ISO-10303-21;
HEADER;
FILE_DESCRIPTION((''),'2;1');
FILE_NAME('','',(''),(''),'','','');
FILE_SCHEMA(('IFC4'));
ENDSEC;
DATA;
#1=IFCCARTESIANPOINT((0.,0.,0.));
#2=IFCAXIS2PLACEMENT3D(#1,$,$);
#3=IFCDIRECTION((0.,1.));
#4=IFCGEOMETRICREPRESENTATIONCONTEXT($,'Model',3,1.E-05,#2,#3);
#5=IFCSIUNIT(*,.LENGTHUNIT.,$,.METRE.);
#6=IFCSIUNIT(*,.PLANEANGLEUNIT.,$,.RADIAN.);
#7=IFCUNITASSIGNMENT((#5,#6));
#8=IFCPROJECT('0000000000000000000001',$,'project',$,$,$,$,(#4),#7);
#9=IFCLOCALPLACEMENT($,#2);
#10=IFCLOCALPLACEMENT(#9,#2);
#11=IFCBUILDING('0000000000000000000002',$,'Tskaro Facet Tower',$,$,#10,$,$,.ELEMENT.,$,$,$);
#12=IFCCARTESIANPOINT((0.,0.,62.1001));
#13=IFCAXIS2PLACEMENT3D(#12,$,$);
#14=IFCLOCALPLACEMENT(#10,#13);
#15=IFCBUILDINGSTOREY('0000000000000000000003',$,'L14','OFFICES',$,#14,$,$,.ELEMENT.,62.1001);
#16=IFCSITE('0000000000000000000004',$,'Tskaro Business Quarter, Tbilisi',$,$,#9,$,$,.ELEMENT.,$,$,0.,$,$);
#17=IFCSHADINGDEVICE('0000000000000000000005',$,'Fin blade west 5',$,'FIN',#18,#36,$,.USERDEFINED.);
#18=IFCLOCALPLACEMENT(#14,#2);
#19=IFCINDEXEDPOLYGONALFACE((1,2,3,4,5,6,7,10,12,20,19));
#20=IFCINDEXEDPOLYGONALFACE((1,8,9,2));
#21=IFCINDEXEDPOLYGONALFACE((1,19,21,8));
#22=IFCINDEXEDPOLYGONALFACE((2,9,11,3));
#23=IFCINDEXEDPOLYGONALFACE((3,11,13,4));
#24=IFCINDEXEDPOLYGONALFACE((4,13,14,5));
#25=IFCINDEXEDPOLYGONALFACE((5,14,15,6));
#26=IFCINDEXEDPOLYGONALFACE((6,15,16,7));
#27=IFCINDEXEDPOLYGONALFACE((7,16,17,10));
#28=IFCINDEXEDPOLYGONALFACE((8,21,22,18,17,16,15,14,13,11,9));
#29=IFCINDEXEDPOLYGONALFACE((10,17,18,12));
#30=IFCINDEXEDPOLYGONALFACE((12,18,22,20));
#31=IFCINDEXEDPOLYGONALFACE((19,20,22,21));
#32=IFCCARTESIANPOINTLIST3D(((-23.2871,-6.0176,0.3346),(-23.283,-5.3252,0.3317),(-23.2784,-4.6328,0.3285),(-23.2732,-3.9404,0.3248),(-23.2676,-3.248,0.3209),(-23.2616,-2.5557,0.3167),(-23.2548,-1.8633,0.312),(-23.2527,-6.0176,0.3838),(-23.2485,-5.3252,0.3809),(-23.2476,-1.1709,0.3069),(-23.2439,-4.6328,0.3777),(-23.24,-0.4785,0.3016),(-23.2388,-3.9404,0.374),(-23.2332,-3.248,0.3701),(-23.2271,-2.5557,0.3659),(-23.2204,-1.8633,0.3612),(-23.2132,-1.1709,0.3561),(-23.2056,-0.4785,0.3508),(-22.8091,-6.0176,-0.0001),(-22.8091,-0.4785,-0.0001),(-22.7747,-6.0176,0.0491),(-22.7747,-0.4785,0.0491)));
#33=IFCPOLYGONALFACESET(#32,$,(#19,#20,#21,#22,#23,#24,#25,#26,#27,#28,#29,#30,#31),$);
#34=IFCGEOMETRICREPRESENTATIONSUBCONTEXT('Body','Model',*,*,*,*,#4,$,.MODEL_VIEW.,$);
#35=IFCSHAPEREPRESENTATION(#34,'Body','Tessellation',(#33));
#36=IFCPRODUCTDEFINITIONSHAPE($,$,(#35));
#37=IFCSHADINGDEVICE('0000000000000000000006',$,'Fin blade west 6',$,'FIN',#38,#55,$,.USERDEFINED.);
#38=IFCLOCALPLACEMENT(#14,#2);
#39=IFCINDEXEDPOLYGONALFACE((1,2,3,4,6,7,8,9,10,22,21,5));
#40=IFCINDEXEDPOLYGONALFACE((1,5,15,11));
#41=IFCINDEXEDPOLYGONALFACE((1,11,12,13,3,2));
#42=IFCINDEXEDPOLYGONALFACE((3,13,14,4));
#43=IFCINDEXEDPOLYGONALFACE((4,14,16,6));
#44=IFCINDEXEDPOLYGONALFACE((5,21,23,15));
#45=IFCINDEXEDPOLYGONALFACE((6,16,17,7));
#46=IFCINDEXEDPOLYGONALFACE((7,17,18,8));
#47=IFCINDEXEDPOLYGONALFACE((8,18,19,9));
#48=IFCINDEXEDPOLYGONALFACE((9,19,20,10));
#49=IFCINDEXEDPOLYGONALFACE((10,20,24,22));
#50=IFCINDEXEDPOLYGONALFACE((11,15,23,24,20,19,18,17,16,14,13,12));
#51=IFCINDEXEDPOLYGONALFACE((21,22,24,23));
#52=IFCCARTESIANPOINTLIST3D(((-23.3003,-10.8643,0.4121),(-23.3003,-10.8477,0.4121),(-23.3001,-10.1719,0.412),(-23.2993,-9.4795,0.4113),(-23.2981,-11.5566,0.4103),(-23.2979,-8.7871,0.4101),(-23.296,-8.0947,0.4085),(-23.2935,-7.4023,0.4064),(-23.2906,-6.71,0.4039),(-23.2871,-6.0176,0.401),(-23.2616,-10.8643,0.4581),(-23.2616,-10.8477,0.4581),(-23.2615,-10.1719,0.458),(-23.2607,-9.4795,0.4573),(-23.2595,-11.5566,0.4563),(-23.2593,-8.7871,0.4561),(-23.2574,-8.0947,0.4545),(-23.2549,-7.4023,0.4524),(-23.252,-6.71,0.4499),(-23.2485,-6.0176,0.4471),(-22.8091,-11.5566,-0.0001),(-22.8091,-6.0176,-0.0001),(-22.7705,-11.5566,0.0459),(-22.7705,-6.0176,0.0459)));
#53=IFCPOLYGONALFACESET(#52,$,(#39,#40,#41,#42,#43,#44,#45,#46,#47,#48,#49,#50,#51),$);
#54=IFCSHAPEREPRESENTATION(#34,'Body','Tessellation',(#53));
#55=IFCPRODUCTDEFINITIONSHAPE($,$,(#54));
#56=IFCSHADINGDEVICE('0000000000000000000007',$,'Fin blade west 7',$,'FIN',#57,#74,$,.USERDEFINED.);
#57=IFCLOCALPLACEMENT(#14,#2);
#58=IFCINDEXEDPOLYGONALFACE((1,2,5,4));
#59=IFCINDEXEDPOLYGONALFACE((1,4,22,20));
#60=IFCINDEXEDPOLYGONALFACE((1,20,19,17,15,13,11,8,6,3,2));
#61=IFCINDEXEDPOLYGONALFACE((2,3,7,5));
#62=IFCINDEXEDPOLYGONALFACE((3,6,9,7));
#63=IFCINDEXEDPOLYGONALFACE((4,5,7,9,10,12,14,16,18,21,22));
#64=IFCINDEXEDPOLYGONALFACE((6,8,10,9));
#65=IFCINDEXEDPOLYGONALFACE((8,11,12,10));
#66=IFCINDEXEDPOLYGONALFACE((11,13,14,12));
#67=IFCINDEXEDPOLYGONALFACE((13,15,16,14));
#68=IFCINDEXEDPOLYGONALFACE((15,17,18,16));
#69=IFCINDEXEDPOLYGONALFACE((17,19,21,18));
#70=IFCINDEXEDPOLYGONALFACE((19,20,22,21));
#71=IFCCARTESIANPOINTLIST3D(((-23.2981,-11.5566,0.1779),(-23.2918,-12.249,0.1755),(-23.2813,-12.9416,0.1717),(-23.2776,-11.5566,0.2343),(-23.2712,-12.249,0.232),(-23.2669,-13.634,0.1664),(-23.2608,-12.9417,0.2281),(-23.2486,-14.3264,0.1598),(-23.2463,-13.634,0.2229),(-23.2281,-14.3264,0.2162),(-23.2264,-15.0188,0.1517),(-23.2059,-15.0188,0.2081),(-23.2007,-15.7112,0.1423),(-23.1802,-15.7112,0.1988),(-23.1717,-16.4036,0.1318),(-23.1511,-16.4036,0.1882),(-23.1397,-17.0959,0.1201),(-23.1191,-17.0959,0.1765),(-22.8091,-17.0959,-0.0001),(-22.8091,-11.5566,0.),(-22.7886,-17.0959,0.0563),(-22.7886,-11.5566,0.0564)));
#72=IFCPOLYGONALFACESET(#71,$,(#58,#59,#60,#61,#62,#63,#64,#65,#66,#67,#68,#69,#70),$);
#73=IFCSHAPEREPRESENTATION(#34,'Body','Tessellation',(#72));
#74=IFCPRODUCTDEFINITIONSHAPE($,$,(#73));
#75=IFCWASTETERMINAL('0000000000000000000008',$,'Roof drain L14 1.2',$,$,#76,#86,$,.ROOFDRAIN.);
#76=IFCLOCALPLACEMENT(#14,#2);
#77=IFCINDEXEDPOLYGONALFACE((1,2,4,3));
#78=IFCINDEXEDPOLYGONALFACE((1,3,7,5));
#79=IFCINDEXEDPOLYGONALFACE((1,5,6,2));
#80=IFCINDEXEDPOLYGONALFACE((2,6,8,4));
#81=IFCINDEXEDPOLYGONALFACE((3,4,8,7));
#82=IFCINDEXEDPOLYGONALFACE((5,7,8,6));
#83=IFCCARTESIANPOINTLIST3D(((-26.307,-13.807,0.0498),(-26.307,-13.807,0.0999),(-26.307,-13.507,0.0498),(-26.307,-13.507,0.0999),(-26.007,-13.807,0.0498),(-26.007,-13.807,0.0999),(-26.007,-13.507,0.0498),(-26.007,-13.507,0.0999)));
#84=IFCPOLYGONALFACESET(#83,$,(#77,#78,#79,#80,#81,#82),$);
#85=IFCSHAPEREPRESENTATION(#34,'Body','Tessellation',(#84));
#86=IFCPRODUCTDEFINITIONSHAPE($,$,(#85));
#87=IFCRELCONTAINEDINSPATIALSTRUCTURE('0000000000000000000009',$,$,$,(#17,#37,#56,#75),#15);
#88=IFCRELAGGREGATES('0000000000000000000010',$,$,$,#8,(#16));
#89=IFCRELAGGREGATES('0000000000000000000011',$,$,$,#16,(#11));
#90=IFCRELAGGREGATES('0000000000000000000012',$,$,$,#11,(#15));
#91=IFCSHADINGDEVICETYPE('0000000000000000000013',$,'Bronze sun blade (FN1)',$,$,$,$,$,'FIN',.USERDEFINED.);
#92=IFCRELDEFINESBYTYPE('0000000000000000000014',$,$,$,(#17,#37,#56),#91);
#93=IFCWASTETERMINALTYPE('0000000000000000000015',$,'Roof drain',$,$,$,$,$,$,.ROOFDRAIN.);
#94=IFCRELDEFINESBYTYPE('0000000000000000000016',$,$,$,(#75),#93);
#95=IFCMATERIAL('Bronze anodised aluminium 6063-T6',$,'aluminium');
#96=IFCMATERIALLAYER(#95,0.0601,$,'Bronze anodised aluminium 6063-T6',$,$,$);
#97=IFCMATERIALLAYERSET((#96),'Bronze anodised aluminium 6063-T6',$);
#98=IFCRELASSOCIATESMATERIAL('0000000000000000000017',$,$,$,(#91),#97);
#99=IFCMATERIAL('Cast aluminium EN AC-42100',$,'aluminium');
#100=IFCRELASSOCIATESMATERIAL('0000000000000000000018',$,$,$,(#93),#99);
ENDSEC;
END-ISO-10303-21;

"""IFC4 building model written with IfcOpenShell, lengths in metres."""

from ifc_helpers import new_model, si_unit, direction, frame, origin, origin_2d, place, context, subcontext, project, spatial, polyline, rectangle, outline, extrude, material, layer, layer_set, type_object, element, save


model = new_model("IFC4")

# Units and contexts
model_context = context("Model", 3, precision=1e-05, world=origin(), true_north=direction((0.0, 1.0)))
body_context = subcontext(model_context, "Body", "Model", "MODEL_VIEW")
ifc_project = project(units=[si_unit("LENGTHUNIT", "METRE"), si_unit("PLANEANGLEUNIT", "RADIAN")], contexts=[model_context])

# Site, building, storey
site_placement = place(None, origin())
site = spatial("IfcSite", under=ifc_project, at=site_placement, Name="Tskaro Business Quarter, Tbilisi", CompositionType="ELEMENT", RefElevation=0.0)
building_placement = place(site_placement, origin())
building = spatial("IfcBuilding", under=site, at=building_placement, Name="Tskaro Facet Tower", CompositionType="ELEMENT")
storey_placement = place(building_placement, frame((0.0, 0.0, 62.1001)))
storey = spatial("IfcBuildingStorey", under=building, at=storey_placement, Name="L14", Description="OFFICES", CompositionType="ELEMENT", Elevation=62.1001)

# Shared definitions
ifc_material_1 = material(Name="Bronze anodised aluminium 6063-T6", Category="aluminium")

# Shading devices
ifc_layer_1 = layer(ifc_material_1, 0.0601, Name="Bronze anodised aluminium 6063-T6")
ifc_layer_set_1 = layer_set([ifc_layer_1], Name="Bronze anodised aluminium 6063-T6")
shading_device_type = type_object("IfcShadingDeviceType", Name="Bronze sun blade (FN1)", ElementType="FIN", PredefinedType="USERDEFINED", material=ifc_layer_set_1)
shading_device_1_placement = place(storey_placement, frame((-22.7747, -0.4785, 0.0491), z_axis=(0.573593, -0.000003, 0.819141), x_axis=(-0.000002, -1.0, -0.000002)))
element("IfcShadingDevice", 1, at=shading_device_1_placement, inside=storey, type_object=shading_device_type, Name="Fin blade west 5", ObjectType="FIN", PredefinedType="USERDEFINED", context=body_context, shape_type="SweptSolid", body=[
    extrude(outline(polyline([(0.0, 0.0), (5.5391, 0.0), (5.5391, -0.5836), (4.8467, -0.5785), (4.1543, -0.5729), (3.4619, -0.5666), (2.7695, -0.5597), (2.0771, -0.5523), (1.3848, -0.5441), (0.6924, -0.5353), (0.0, -0.5261), (0.0, 0.0)])), origin(), (0.0, 0.0, -1.0), 0.0601),
])
shading_device_2_placement = place(storey_placement, frame((-22.7705, -6.0176, 0.0459), z_axis=(0.642845, 0.000004, 0.765997), x_axis=(0.000002, -1.0, 0.000003)))
element("IfcShadingDevice", 2, at=shading_device_2_placement, inside=storey, type_object=shading_device_type, Name="Fin blade west 6", ObjectType="FIN", PredefinedType="USERDEFINED", context=body_context, shape_type="SweptSolid", body=[
    extrude(outline(polyline([(0.0, 0.0), (5.5391, 0.0), (5.5391, -0.6384), (4.8467, -0.6412), (4.8301, -0.6412), (4.1543, -0.641), (3.4619, -0.64), (2.7695, -0.6381), (2.0771, -0.6356), (1.3848, -0.6323), (0.6924, -0.6285), (0.0, -0.624), (0.0, 0.0)])), origin(), (0.0, 0.0, -1.0), 0.0601),
])
shading_device_3_placement = place(storey_placement, frame((-22.7886, -11.5566, 0.0564), z_axis=(0.341853, -0.000019, 0.939753), x_axis=(-0.000006, -1.0, -0.000017)))
element("IfcShadingDevice", 3, at=shading_device_3_placement, inside=storey, type_object=shading_device_type, Name="Fin blade west 7", ObjectType="FIN", PredefinedType="USERDEFINED", context=body_context, shape_type="SweptSolid", body=[
    extrude(outline(polyline([(0.0, 0.0), (5.5393, 0.0), (5.5393, -0.3517), (4.8469, -0.3858), (4.1545, -0.4167), (3.4622, -0.444), (2.7698, -0.4676), (2.0774, -0.4871), (1.385, -0.5025), (0.6924, -0.5136), (0.0, -0.5204), (0.0, 0.0)])), origin(), (0.0, 0.0, -1.0), 0.0601),
])

# Waste terminal
ifc_material_2 = material(Name="Cast aluminium EN AC-42100", Category="aluminium")
waste_terminal_type = type_object("IfcWasteTerminalType", Name="Roof drain", PredefinedType="ROOFDRAIN", material=ifc_material_2)
waste_terminal_placement = place(storey_placement, frame((-26.157, -13.657, 0.0498), z_axis=(0.0, 0.0, 1.0), x_axis=(1.0, 0.0, 0.0)))
element("IfcWasteTerminal", 4, at=waste_terminal_placement, inside=storey, type_object=waste_terminal_type, Name="Roof drain L14 1.2", PredefinedType="ROOFDRAIN", context=body_context, shape_type="SweptSolid", body=[
    extrude(rectangle(XDim=0.3, YDim=0.3, at=origin_2d()), origin(), (0.0, 0.0, 1.0), 0.05),
])

save(model, "model.ifc")
